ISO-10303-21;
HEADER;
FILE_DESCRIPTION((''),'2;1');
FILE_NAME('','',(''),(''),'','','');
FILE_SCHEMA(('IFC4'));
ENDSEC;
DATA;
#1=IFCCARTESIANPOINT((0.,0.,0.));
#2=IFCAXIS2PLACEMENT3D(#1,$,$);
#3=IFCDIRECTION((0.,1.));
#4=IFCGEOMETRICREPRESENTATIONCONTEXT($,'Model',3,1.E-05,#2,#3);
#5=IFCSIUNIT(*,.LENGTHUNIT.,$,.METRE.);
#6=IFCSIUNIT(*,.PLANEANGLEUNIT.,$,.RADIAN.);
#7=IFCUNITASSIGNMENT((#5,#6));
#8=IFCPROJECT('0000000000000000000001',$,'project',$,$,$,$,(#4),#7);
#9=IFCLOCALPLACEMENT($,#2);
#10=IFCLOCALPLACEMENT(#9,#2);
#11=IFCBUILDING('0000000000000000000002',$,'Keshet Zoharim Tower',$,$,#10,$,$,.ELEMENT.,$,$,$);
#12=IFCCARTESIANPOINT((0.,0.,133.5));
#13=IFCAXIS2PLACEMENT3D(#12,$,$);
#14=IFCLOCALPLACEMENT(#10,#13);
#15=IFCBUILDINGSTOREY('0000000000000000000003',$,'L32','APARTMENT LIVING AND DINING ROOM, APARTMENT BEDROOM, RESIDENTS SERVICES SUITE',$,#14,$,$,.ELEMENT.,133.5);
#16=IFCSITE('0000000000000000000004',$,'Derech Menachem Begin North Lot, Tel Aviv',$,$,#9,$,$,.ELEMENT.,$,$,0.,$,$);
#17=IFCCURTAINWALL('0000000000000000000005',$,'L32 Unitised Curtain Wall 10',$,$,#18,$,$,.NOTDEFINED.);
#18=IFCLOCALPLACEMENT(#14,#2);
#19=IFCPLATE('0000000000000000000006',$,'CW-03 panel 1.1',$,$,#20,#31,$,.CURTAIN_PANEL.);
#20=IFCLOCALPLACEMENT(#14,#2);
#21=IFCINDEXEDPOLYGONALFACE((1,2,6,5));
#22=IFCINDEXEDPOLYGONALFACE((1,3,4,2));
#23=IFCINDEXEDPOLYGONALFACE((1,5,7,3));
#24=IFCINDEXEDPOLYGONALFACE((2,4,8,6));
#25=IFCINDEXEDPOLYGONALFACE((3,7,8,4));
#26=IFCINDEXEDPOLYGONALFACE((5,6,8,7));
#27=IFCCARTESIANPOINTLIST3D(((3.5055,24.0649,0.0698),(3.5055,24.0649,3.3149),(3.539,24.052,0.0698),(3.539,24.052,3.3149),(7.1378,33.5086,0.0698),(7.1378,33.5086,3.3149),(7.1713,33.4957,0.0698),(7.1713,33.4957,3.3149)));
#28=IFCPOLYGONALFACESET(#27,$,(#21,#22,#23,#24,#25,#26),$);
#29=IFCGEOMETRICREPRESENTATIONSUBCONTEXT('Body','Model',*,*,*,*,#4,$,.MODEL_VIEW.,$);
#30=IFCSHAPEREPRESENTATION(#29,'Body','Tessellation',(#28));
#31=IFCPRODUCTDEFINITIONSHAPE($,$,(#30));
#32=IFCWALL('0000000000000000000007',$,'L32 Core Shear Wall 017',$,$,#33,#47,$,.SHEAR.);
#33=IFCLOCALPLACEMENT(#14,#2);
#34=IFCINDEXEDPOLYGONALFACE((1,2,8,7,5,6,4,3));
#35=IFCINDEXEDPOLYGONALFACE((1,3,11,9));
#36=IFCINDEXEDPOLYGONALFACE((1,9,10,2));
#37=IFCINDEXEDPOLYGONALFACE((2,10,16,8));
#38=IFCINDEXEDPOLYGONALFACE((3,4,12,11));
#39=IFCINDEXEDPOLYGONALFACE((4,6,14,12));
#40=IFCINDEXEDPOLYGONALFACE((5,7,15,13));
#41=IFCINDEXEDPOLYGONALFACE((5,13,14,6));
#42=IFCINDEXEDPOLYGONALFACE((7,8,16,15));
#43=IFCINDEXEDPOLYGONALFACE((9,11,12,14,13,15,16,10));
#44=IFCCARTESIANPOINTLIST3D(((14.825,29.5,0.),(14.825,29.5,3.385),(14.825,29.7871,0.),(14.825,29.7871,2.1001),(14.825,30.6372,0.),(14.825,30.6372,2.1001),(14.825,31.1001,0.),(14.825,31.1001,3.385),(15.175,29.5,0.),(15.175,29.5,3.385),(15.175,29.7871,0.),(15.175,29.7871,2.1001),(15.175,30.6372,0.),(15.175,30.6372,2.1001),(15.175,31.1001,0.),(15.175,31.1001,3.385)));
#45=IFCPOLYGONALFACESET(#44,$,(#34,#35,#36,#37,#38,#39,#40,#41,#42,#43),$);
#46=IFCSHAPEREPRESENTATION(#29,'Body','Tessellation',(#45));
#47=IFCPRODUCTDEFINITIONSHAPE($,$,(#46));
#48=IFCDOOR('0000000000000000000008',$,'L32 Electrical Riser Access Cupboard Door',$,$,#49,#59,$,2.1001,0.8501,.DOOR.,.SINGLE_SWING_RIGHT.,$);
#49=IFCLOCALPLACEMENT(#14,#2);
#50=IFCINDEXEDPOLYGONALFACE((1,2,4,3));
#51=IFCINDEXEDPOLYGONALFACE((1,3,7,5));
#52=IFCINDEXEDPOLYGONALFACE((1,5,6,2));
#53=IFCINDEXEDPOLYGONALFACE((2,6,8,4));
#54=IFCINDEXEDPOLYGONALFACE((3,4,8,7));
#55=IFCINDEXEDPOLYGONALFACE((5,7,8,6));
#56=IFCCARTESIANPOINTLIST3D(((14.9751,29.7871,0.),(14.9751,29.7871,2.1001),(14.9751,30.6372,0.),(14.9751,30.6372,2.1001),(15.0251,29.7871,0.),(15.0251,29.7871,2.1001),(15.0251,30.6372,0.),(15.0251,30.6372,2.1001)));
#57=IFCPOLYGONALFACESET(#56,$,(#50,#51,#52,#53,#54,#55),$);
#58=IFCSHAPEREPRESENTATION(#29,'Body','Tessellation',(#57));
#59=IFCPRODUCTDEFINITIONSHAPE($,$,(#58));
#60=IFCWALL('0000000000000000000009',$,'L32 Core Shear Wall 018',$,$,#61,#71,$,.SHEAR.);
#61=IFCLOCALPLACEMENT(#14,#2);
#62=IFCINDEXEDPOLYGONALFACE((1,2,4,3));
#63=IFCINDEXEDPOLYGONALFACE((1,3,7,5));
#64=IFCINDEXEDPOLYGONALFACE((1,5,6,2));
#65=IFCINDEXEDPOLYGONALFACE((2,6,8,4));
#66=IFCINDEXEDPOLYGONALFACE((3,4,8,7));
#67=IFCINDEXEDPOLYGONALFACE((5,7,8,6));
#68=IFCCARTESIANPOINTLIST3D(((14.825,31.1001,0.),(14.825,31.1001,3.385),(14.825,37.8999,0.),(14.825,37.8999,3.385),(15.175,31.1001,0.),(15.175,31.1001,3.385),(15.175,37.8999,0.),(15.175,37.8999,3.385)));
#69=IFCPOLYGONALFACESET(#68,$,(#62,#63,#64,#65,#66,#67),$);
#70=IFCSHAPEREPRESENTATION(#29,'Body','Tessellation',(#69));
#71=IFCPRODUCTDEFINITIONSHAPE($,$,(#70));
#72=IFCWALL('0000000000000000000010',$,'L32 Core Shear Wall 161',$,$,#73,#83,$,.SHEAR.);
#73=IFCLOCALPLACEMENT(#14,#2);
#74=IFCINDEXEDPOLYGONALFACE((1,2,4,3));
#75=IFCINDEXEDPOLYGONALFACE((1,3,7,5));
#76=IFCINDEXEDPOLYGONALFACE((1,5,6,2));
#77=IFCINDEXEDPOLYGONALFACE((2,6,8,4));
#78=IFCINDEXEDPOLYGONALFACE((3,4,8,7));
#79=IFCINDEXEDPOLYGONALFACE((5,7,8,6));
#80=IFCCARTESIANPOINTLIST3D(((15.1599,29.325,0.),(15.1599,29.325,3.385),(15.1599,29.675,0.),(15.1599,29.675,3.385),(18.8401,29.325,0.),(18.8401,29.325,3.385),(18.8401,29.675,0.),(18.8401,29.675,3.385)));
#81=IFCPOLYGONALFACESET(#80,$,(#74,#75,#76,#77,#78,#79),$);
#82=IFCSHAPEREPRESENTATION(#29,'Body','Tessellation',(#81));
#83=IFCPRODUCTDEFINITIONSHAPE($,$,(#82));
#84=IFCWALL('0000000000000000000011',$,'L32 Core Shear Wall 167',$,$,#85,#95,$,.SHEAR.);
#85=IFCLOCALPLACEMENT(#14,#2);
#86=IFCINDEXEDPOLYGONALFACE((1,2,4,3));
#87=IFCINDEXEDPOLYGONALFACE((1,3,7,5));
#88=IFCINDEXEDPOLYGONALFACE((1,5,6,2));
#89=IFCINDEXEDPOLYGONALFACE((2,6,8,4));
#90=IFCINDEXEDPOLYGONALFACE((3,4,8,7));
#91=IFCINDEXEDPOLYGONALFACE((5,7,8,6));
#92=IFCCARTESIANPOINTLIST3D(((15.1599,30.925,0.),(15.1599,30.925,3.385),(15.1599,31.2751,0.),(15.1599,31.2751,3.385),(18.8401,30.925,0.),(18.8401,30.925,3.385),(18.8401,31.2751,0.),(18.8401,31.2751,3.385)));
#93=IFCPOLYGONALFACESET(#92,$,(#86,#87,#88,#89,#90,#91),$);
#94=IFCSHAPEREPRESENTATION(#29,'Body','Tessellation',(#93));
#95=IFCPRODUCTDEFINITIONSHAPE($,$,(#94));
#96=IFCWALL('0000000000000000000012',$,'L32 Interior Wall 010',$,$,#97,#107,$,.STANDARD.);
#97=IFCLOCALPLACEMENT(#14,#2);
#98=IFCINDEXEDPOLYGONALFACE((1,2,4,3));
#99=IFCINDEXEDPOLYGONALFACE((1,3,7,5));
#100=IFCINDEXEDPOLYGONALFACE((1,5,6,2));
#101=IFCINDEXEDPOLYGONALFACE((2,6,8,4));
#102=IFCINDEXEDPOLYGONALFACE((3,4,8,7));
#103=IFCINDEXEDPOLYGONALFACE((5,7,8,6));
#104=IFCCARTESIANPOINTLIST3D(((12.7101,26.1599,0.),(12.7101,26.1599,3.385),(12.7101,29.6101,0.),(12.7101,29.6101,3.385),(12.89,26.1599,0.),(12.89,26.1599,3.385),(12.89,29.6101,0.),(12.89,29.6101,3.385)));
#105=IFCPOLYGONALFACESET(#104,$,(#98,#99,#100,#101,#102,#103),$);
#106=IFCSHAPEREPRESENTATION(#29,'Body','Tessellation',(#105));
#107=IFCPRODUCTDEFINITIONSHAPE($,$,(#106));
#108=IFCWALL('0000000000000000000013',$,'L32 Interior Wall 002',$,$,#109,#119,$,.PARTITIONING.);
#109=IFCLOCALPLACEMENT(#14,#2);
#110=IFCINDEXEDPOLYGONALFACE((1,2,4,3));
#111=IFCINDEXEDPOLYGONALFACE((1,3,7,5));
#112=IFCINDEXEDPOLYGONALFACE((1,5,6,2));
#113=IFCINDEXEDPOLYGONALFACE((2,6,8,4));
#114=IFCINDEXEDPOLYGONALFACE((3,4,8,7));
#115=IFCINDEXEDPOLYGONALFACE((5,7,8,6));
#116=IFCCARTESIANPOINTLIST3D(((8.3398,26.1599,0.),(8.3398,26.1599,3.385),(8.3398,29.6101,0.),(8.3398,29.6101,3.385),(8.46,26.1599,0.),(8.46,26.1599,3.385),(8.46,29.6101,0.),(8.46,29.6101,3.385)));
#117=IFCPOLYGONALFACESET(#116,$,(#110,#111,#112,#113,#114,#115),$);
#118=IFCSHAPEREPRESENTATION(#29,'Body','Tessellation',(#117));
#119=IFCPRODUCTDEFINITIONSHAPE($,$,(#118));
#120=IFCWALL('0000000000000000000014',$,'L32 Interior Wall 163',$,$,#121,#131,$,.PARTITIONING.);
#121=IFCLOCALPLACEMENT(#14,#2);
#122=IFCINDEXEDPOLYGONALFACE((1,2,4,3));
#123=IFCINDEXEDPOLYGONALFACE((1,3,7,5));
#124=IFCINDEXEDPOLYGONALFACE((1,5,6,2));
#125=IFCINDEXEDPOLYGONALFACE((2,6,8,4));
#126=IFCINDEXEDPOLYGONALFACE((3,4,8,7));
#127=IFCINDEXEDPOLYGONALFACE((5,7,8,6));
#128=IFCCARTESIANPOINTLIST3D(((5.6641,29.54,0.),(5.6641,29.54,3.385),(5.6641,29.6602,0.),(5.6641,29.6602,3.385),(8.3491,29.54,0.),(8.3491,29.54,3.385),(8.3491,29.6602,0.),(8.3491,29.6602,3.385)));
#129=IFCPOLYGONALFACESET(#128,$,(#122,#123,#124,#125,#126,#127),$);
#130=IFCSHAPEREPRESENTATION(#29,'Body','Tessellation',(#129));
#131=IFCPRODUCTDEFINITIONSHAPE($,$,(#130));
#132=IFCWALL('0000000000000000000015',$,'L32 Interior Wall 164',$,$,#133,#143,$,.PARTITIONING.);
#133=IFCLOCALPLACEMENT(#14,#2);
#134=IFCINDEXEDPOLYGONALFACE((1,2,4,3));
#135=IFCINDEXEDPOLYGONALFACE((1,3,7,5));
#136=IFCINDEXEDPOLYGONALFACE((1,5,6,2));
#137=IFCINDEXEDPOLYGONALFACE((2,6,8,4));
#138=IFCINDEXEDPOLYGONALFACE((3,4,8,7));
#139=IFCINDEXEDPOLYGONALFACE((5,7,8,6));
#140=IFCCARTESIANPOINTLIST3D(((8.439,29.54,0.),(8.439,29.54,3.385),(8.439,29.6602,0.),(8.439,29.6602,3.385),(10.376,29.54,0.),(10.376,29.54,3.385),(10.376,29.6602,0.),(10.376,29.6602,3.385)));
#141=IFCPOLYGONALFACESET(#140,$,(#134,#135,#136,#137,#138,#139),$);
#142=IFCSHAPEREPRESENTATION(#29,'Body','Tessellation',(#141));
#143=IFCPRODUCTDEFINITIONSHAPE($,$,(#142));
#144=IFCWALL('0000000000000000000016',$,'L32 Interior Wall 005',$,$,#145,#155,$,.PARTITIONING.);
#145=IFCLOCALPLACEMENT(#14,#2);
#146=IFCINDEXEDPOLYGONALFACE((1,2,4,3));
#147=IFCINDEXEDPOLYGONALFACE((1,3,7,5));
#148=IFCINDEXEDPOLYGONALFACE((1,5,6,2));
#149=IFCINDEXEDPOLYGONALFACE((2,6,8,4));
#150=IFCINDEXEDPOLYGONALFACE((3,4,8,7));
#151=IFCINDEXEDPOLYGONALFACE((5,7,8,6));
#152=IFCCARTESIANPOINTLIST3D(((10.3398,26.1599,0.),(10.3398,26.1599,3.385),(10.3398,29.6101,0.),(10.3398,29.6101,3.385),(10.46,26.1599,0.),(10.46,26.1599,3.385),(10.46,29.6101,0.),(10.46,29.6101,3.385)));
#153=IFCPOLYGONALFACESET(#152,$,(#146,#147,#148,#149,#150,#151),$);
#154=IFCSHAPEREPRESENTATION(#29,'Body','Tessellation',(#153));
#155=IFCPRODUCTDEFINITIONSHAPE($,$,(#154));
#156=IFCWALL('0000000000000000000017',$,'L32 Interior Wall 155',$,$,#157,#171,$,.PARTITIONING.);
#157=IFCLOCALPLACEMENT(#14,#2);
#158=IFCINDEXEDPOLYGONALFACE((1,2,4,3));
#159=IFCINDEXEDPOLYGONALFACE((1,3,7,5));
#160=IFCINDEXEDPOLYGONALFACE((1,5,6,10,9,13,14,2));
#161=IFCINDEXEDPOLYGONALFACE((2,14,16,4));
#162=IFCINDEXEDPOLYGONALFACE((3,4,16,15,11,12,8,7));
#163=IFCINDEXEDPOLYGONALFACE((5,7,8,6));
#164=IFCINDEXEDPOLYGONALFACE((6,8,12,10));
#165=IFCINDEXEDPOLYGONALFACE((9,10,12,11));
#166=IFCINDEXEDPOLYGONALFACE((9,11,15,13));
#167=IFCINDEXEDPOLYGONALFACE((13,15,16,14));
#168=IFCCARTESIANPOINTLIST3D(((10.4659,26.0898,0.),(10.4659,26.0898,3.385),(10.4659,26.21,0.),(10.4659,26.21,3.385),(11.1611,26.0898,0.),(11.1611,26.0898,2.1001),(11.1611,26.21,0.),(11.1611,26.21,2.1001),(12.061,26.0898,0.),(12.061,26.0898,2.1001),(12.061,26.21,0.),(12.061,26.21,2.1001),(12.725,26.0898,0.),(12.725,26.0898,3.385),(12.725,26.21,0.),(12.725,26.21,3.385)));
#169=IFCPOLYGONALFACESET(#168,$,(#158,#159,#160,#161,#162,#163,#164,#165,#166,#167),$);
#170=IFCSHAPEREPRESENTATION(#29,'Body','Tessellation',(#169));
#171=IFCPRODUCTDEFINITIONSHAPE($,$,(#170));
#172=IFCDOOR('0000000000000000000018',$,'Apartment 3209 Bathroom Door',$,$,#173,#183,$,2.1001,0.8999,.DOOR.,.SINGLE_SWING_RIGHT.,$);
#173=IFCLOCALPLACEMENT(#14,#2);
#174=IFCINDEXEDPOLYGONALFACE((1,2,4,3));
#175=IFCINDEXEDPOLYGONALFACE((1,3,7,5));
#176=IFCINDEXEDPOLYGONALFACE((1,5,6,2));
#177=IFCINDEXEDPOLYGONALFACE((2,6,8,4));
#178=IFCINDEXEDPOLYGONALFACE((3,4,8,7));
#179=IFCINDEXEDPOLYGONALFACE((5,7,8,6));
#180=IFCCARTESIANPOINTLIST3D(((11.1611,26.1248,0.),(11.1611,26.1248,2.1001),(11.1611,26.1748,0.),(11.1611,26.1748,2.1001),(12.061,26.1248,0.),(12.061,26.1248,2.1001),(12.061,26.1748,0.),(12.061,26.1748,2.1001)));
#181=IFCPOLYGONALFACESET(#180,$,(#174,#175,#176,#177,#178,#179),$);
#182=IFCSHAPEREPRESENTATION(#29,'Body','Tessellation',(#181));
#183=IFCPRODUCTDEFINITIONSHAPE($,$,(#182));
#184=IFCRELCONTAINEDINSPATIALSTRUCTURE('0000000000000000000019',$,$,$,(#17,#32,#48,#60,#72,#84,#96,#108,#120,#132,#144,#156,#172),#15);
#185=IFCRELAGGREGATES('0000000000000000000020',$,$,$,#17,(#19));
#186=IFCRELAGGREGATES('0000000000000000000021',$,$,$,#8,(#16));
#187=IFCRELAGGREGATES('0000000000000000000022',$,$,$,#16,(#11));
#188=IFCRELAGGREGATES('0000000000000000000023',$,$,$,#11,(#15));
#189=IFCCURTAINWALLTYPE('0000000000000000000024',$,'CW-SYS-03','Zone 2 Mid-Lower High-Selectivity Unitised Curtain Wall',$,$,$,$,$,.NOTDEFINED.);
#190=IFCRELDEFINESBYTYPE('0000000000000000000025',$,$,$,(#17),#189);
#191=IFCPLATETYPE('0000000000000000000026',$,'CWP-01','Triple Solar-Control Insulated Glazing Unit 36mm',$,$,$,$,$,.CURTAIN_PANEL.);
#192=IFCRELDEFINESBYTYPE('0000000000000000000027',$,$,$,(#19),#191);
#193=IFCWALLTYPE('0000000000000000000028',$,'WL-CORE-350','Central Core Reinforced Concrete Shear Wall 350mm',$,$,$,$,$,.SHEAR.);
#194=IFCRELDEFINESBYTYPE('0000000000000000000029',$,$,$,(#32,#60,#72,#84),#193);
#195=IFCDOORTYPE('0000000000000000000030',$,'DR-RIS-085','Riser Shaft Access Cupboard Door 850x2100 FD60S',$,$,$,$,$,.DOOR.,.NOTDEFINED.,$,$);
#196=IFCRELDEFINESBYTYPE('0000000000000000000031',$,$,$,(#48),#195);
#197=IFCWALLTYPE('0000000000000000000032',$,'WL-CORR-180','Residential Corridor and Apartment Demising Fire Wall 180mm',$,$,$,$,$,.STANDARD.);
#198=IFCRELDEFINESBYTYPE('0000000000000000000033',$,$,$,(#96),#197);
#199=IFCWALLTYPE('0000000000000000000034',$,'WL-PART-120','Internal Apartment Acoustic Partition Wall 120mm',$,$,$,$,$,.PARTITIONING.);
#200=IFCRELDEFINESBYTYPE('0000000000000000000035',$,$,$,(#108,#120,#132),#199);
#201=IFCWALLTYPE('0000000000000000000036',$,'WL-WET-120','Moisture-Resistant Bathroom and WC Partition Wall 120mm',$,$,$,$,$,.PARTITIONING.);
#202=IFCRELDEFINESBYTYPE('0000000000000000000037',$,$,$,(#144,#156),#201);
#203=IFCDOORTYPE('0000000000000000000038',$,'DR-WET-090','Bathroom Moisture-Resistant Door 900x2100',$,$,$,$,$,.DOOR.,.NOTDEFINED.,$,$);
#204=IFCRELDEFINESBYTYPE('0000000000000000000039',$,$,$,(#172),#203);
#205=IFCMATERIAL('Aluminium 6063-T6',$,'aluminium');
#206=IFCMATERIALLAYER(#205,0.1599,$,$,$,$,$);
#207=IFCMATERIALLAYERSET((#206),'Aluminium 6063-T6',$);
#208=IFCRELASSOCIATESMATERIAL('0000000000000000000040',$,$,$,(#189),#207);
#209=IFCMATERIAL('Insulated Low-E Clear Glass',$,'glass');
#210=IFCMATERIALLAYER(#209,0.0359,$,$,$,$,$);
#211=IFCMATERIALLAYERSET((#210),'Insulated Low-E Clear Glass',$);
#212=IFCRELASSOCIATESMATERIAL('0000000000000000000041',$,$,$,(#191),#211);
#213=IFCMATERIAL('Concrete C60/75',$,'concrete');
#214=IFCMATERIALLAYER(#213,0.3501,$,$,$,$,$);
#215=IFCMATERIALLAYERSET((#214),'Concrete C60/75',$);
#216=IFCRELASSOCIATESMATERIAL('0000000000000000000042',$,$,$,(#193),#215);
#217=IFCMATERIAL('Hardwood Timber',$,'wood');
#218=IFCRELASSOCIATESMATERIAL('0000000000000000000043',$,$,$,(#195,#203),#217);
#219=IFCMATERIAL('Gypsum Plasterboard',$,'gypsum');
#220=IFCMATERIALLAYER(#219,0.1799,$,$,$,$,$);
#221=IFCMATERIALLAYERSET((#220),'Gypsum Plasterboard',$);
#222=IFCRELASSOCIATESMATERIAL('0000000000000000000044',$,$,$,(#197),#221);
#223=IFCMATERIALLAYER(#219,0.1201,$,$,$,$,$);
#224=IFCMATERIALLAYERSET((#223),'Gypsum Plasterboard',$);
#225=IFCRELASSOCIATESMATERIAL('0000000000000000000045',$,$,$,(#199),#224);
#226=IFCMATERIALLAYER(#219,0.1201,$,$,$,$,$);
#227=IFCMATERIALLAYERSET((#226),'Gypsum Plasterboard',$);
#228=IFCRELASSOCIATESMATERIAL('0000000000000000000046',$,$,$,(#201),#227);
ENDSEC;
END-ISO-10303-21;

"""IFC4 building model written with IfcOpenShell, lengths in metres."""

from ifc_helpers import new_model, si_unit, direction, frame, frame_2d, origin, origin_2d, place, context, subcontext, project, spatial, rectangle, extrude, material, layer, layer_set, type_object, element, fill, aggregate, save


model = new_model("IFC4")

# Units and contexts
model_context = context("Model", 3, precision=1e-05, world=origin(), true_north=direction((0.0, 1.0)))
body_context = subcontext(model_context, "Body", "Model", "MODEL_VIEW")
ifc_project = project(units=[si_unit("LENGTHUNIT", "METRE"), si_unit("PLANEANGLEUNIT", "RADIAN")], contexts=[model_context])

# Site, building, storey
site_placement = place(None, origin())
site = spatial("IfcSite", under=ifc_project, at=site_placement, Name="Derech Menachem Begin North Lot, Tel Aviv", CompositionType="ELEMENT", RefElevation=0.0)
building_placement = place(site_placement, origin())
building = spatial("IfcBuilding", under=site, at=building_placement, Name="Keshet Zoharim Tower", CompositionType="ELEMENT")
storey_placement = place(building_placement, frame((0.0, 0.0, 133.5)))
storey = spatial("IfcBuildingStorey", under=building, at=storey_placement, Name="L32", Description="APARTMENT LIVING AND DINING ROOM, APARTMENT BEDROOM, RESIDENTS SERVICES SUITE", CompositionType="ELEMENT", Elevation=133.5)

# Curtain wall, plate
ifc_material_1 = material(Name="Aluminium 6063-T6", Category="aluminium")
ifc_layer_1 = layer(ifc_material_1, 0.1599)
ifc_layer_set_1 = layer_set([ifc_layer_1], Name="Aluminium 6063-T6")
curtain_wall_type = type_object("IfcCurtainWallType", Name="CW-SYS-03", Description="Zone 2 Mid-Lower High-Selectivity Unitised Curtain Wall", PredefinedType="NOTDEFINED", material=ifc_layer_set_1)
curtain_wall_placement = place(storey_placement, origin())
curtain_wall = element("IfcCurtainWall", 1, at=curtain_wall_placement, inside=storey, type_object=curtain_wall_type, Name="L32 Unitised Curtain Wall 10", PredefinedType="NOTDEFINED")
ifc_material_2 = material(Name="Insulated Low-E Clear Glass", Category="glass")
ifc_layer_2 = layer(ifc_material_2, 0.0359)
ifc_layer_set_2 = layer_set([ifc_layer_2], Name="Insulated Low-E Clear Glass")
plate_type = type_object("IfcPlateType", Name="CWP-01", Description="Triple Solar-Control Insulated Glazing Unit 36mm", PredefinedType="CURTAIN_PANEL", material=ifc_layer_set_2)
plate_placement = place(storey_placement, frame((5.3384, 28.7803, 0.0698), z_axis=(0.0, 0.0, 1.0), x_axis=(0.35899, 0.933341, 0.0)))
plate = element("IfcPlate", 2, at=plate_placement, type_object=plate_type, Name="CW-03 panel 1.1", PredefinedType="CURTAIN_PANEL", context=body_context, shape_type="SweptSolid", body=[
    extrude(rectangle(XDim=10.1182, YDim=0.0359, at=origin_2d()), origin(), (0.0, 0.0, 1.0), 3.2451),
])
aggregate(curtain_wall, [plate])

# Wall, opening, door
ifc_material_3 = material(Name="Concrete C60/75", Category="concrete")
ifc_layer_3 = layer(ifc_material_3, 0.3501)
ifc_layer_set_3 = layer_set([ifc_layer_3], Name="Concrete C60/75")
wall_type_1 = type_object("IfcWallType", Name="WL-CORE-350", Description="Central Core Reinforced Concrete Shear Wall 350mm", PredefinedType="SHEAR", material=ifc_layer_set_3)
wall_1_placement = place(storey_placement, frame((15.0, 29.5, 0.0), z_axis=(0.0, 0.0, 1.0), x_axis=(0.0, 1.0, 0.0)))
wall_1 = element("IfcWall", 3, at=wall_1_placement, inside=storey, type_object=wall_type_1, Name="L32 Core Shear Wall 017", PredefinedType="SHEAR", context=body_context, shape_type="SweptSolid", body=[
    extrude(rectangle(XDim=1.6001, YDim=0.3501, at=frame_2d((0.8, 0.0))), origin(), (0.0, 0.0, 1.0), 3.385),
])
opening_1_placement = place(wall_1_placement, frame((0.2871, 0.0, 0.0)))
opening_1 = element("IfcOpeningElement", 4, at=opening_1_placement, cuts=wall_1, PredefinedType="OPENING", context=body_context, shape_type="SweptSolid", body=[
    extrude(rectangle(XDim=0.8501, YDim=2.1001, at=frame_2d((0.425, 1.05))), frame((0.0, 0.1851, 0.0), z_axis=(0.0, -1.0, 0.0), x_axis=(1.0, 0.0, 0.0)), (0.0, 0.0, 1.0), 0.3701),
])
ifc_material_4 = material(Name="Hardwood Timber", Category="wood")
door_type_1 = type_object("IfcDoorType", Name="DR-RIS-085", Description="Riser Shaft Access Cupboard Door 850x2100 FD60S", OperationType="NOTDEFINED", PredefinedType="DOOR", material=ifc_material_4)
door_1_placement = place(opening_1_placement, origin())
door_1 = element("IfcDoor", 5, at=door_1_placement, inside=storey, type_object=door_type_1, Name="L32 Electrical Riser Access Cupboard Door", OperationType="SINGLE_SWING_RIGHT", OverallHeight=2.1001, OverallWidth=0.8501, PredefinedType="DOOR", context=body_context, shape_type="SweptSolid", body=[
    extrude(rectangle(XDim=0.8501, YDim=2.1001, at=frame_2d((0.425, 1.05))), frame((0.0, 0.0249, 0.0), z_axis=(0.0, -1.0, 0.0), x_axis=(1.0, 0.0, 0.0)), (0.0, 0.0, 1.0), 0.05),
])
fill(opening_1, door_1)

# Walls
wall_2_placement = place(storey_placement, frame((15.0, 31.1001, 0.0), z_axis=(0.0, 0.0, 1.0), x_axis=(0.0, 1.0, 0.0)))
element("IfcWall", 6, at=wall_2_placement, inside=storey, type_object=wall_type_1, Name="L32 Core Shear Wall 018", PredefinedType="SHEAR", context=body_context, shape_type="SweptSolid", body=[
    extrude(rectangle(XDim=6.7998, YDim=0.3501, at=frame_2d((3.3999, 0.0))), origin(), (0.0, 0.0, 1.0), 3.385),
])
for number, where, z_axis, x_axis, name in (
    (7, (15.1599, 29.5, 0.0), (0.0, 0.0, 1.0), (1.0, 0.0, 0.0), "L32 Core Shear Wall 161"),
    (8, (15.1599, 31.1001, 0.0), (0.0, 0.0, 1.0), (1.0, 0.0, 0.0), "L32 Core Shear Wall 167"),
):
    element("IfcWall", number, at=place(storey_placement, frame(where, z_axis=z_axis, x_axis=x_axis)), inside=storey, type_object=wall_type_1, Name=name, PredefinedType="SHEAR", context=body_context, shape_type="SweptSolid", body=[
        extrude(rectangle(XDim=3.6802, YDim=0.3501, at=frame_2d((1.8401, 0.0))), origin(), (0.0, 0.0, 1.0), 3.385),
    ])
ifc_material_5 = material(Name="Gypsum Plasterboard", Category="gypsum")
ifc_layer_4 = layer(ifc_material_5, 0.1799)
ifc_layer_set_4 = layer_set([ifc_layer_4], Name="Gypsum Plasterboard")
wall_type_2 = type_object("IfcWallType", Name="WL-CORR-180", Description="Residential Corridor and Apartment Demising Fire Wall 180mm", PredefinedType="STANDARD", material=ifc_layer_set_4)
wall_3_placement = place(storey_placement, frame((12.8, 26.1599, 0.0), z_axis=(0.0, 0.0, 1.0), x_axis=(0.0, 1.0, 0.0)))
element("IfcWall", 9, at=wall_3_placement, inside=storey, type_object=wall_type_2, Name="L32 Interior Wall 010", PredefinedType="STANDARD", context=body_context, shape_type="SweptSolid", body=[
    extrude(rectangle(XDim=3.4502, YDim=0.1799, at=frame_2d((1.7251, 0.0))), origin(), (0.0, 0.0, 1.0), 3.385),
])

# Wall
ifc_layer_5 = layer(ifc_material_5, 0.1201)
ifc_layer_set_5 = layer_set([ifc_layer_5], Name="Gypsum Plasterboard")
wall_type_3 = type_object("IfcWallType", Name="WL-PART-120", Description="Internal Apartment Acoustic Partition Wall 120mm", PredefinedType="PARTITIONING", material=ifc_layer_set_5)
wall_4_placement = place(storey_placement, frame((8.3999, 26.1599, 0.0), z_axis=(0.0, 0.0, 1.0), x_axis=(0.0, 1.0, 0.0)))
element("IfcWall", 10, at=wall_4_placement, inside=storey, type_object=wall_type_3, Name="L32 Interior Wall 002", PredefinedType="PARTITIONING", context=body_context, shape_type="SweptSolid", body=[
    extrude(rectangle(XDim=3.4502, YDim=0.1201, at=frame_2d((1.7251, 0.0))), origin(), (0.0, 0.0, 1.0), 3.385),
])

# Walls
wall_5_placement = place(storey_placement, frame((5.6641, 29.6001, 0.0), z_axis=(0.0, 0.0, 1.0), x_axis=(1.0, 0.0, 0.0)))
element("IfcWall", 11, at=wall_5_placement, inside=storey, type_object=wall_type_3, Name="L32 Interior Wall 163", PredefinedType="PARTITIONING", context=body_context, shape_type="SweptSolid", body=[
    extrude(rectangle(XDim=2.6851, YDim=0.1201, at=frame_2d((1.3425, 0.0))), origin(), (0.0, 0.0, 1.0), 3.385),
])
wall_6_placement = place(storey_placement, frame((8.439, 29.6001, 0.0), z_axis=(0.0, 0.0, 1.0), x_axis=(1.0, 0.0, 0.0)))
element("IfcWall", 12, at=wall_6_placement, inside=storey, type_object=wall_type_3, Name="L32 Interior Wall 164", PredefinedType="PARTITIONING", context=body_context, shape_type="SweptSolid", body=[
    extrude(rectangle(XDim=1.937, YDim=0.1201, at=frame_2d((0.9685, 0.0))), origin(), (0.0, 0.0, 1.0), 3.385),
])
ifc_layer_6 = layer(ifc_material_5, 0.1201)
ifc_layer_set_6 = layer_set([ifc_layer_6], Name="Gypsum Plasterboard")
wall_type_4 = type_object("IfcWallType", Name="WL-WET-120", Description="Moisture-Resistant Bathroom and WC Partition Wall 120mm", PredefinedType="PARTITIONING", material=ifc_layer_set_6)
wall_7_placement = place(storey_placement, frame((10.3999, 26.1599, 0.0), z_axis=(0.0, 0.0, 1.0), x_axis=(0.0, 1.0, 0.0)))
element("IfcWall", 13, at=wall_7_placement, inside=storey, type_object=wall_type_4, Name="L32 Interior Wall 005", PredefinedType="PARTITIONING", context=body_context, shape_type="SweptSolid", body=[
    extrude(rectangle(XDim=3.4502, YDim=0.1201, at=frame_2d((1.7251, 0.0))), origin(), (0.0, 0.0, 1.0), 3.385),
])

# Wall, opening, door
wall_8_placement = place(storey_placement, frame((10.4661, 26.1499, 0.0), z_axis=(0.0, 0.0, 1.0), x_axis=(1.0, 0.0, 0.0)))
wall_8 = element("IfcWall", 14, at=wall_8_placement, inside=storey, type_object=wall_type_4, Name="L32 Interior Wall 155", PredefinedType="PARTITIONING", context=body_context, shape_type="SweptSolid", body=[
    extrude(rectangle(XDim=2.259, YDim=0.1201, at=frame_2d((1.1294, 0.0))), origin(), (0.0, 0.0, 1.0), 3.385),
])
opening_2_placement = place(wall_8_placement, frame((0.6951, 0.0, 0.0)))
opening_2 = element("IfcOpeningElement", 15, at=opening_2_placement, cuts=wall_8, PredefinedType="OPENING", context=body_context, shape_type="SweptSolid", body=[
    extrude(rectangle(XDim=0.8999, YDim=2.1001, at=frame_2d((0.45, 1.05))), frame((0.0, 0.0701, 0.0), z_axis=(0.0, -1.0, 0.0), x_axis=(1.0, 0.0, 0.0)), (0.0, 0.0, 1.0), 0.1401),
])
door_type_2 = type_object("IfcDoorType", Name="DR-WET-090", Description="Bathroom Moisture-Resistant Door 900x2100", OperationType="NOTDEFINED", PredefinedType="DOOR", material=ifc_material_4)
door_2_placement = place(opening_2_placement, origin())
door_2 = element("IfcDoor", 16, at=door_2_placement, inside=storey, type_object=door_type_2, Name="Apartment 3209 Bathroom Door", OperationType="SINGLE_SWING_RIGHT", OverallHeight=2.1001, OverallWidth=0.8999, PredefinedType="DOOR", context=body_context, shape_type="SweptSolid", body=[
    extrude(rectangle(XDim=0.8999, YDim=2.1001, at=frame_2d((0.45, 1.05))), frame((0.0, 0.0249, 0.0), z_axis=(0.0, -1.0, 0.0), x_axis=(1.0, 0.0, 0.0)), (0.0, 0.0, 1.0), 0.05),
])
fill(opening_2, door_2)

save(model, "model.ifc")
